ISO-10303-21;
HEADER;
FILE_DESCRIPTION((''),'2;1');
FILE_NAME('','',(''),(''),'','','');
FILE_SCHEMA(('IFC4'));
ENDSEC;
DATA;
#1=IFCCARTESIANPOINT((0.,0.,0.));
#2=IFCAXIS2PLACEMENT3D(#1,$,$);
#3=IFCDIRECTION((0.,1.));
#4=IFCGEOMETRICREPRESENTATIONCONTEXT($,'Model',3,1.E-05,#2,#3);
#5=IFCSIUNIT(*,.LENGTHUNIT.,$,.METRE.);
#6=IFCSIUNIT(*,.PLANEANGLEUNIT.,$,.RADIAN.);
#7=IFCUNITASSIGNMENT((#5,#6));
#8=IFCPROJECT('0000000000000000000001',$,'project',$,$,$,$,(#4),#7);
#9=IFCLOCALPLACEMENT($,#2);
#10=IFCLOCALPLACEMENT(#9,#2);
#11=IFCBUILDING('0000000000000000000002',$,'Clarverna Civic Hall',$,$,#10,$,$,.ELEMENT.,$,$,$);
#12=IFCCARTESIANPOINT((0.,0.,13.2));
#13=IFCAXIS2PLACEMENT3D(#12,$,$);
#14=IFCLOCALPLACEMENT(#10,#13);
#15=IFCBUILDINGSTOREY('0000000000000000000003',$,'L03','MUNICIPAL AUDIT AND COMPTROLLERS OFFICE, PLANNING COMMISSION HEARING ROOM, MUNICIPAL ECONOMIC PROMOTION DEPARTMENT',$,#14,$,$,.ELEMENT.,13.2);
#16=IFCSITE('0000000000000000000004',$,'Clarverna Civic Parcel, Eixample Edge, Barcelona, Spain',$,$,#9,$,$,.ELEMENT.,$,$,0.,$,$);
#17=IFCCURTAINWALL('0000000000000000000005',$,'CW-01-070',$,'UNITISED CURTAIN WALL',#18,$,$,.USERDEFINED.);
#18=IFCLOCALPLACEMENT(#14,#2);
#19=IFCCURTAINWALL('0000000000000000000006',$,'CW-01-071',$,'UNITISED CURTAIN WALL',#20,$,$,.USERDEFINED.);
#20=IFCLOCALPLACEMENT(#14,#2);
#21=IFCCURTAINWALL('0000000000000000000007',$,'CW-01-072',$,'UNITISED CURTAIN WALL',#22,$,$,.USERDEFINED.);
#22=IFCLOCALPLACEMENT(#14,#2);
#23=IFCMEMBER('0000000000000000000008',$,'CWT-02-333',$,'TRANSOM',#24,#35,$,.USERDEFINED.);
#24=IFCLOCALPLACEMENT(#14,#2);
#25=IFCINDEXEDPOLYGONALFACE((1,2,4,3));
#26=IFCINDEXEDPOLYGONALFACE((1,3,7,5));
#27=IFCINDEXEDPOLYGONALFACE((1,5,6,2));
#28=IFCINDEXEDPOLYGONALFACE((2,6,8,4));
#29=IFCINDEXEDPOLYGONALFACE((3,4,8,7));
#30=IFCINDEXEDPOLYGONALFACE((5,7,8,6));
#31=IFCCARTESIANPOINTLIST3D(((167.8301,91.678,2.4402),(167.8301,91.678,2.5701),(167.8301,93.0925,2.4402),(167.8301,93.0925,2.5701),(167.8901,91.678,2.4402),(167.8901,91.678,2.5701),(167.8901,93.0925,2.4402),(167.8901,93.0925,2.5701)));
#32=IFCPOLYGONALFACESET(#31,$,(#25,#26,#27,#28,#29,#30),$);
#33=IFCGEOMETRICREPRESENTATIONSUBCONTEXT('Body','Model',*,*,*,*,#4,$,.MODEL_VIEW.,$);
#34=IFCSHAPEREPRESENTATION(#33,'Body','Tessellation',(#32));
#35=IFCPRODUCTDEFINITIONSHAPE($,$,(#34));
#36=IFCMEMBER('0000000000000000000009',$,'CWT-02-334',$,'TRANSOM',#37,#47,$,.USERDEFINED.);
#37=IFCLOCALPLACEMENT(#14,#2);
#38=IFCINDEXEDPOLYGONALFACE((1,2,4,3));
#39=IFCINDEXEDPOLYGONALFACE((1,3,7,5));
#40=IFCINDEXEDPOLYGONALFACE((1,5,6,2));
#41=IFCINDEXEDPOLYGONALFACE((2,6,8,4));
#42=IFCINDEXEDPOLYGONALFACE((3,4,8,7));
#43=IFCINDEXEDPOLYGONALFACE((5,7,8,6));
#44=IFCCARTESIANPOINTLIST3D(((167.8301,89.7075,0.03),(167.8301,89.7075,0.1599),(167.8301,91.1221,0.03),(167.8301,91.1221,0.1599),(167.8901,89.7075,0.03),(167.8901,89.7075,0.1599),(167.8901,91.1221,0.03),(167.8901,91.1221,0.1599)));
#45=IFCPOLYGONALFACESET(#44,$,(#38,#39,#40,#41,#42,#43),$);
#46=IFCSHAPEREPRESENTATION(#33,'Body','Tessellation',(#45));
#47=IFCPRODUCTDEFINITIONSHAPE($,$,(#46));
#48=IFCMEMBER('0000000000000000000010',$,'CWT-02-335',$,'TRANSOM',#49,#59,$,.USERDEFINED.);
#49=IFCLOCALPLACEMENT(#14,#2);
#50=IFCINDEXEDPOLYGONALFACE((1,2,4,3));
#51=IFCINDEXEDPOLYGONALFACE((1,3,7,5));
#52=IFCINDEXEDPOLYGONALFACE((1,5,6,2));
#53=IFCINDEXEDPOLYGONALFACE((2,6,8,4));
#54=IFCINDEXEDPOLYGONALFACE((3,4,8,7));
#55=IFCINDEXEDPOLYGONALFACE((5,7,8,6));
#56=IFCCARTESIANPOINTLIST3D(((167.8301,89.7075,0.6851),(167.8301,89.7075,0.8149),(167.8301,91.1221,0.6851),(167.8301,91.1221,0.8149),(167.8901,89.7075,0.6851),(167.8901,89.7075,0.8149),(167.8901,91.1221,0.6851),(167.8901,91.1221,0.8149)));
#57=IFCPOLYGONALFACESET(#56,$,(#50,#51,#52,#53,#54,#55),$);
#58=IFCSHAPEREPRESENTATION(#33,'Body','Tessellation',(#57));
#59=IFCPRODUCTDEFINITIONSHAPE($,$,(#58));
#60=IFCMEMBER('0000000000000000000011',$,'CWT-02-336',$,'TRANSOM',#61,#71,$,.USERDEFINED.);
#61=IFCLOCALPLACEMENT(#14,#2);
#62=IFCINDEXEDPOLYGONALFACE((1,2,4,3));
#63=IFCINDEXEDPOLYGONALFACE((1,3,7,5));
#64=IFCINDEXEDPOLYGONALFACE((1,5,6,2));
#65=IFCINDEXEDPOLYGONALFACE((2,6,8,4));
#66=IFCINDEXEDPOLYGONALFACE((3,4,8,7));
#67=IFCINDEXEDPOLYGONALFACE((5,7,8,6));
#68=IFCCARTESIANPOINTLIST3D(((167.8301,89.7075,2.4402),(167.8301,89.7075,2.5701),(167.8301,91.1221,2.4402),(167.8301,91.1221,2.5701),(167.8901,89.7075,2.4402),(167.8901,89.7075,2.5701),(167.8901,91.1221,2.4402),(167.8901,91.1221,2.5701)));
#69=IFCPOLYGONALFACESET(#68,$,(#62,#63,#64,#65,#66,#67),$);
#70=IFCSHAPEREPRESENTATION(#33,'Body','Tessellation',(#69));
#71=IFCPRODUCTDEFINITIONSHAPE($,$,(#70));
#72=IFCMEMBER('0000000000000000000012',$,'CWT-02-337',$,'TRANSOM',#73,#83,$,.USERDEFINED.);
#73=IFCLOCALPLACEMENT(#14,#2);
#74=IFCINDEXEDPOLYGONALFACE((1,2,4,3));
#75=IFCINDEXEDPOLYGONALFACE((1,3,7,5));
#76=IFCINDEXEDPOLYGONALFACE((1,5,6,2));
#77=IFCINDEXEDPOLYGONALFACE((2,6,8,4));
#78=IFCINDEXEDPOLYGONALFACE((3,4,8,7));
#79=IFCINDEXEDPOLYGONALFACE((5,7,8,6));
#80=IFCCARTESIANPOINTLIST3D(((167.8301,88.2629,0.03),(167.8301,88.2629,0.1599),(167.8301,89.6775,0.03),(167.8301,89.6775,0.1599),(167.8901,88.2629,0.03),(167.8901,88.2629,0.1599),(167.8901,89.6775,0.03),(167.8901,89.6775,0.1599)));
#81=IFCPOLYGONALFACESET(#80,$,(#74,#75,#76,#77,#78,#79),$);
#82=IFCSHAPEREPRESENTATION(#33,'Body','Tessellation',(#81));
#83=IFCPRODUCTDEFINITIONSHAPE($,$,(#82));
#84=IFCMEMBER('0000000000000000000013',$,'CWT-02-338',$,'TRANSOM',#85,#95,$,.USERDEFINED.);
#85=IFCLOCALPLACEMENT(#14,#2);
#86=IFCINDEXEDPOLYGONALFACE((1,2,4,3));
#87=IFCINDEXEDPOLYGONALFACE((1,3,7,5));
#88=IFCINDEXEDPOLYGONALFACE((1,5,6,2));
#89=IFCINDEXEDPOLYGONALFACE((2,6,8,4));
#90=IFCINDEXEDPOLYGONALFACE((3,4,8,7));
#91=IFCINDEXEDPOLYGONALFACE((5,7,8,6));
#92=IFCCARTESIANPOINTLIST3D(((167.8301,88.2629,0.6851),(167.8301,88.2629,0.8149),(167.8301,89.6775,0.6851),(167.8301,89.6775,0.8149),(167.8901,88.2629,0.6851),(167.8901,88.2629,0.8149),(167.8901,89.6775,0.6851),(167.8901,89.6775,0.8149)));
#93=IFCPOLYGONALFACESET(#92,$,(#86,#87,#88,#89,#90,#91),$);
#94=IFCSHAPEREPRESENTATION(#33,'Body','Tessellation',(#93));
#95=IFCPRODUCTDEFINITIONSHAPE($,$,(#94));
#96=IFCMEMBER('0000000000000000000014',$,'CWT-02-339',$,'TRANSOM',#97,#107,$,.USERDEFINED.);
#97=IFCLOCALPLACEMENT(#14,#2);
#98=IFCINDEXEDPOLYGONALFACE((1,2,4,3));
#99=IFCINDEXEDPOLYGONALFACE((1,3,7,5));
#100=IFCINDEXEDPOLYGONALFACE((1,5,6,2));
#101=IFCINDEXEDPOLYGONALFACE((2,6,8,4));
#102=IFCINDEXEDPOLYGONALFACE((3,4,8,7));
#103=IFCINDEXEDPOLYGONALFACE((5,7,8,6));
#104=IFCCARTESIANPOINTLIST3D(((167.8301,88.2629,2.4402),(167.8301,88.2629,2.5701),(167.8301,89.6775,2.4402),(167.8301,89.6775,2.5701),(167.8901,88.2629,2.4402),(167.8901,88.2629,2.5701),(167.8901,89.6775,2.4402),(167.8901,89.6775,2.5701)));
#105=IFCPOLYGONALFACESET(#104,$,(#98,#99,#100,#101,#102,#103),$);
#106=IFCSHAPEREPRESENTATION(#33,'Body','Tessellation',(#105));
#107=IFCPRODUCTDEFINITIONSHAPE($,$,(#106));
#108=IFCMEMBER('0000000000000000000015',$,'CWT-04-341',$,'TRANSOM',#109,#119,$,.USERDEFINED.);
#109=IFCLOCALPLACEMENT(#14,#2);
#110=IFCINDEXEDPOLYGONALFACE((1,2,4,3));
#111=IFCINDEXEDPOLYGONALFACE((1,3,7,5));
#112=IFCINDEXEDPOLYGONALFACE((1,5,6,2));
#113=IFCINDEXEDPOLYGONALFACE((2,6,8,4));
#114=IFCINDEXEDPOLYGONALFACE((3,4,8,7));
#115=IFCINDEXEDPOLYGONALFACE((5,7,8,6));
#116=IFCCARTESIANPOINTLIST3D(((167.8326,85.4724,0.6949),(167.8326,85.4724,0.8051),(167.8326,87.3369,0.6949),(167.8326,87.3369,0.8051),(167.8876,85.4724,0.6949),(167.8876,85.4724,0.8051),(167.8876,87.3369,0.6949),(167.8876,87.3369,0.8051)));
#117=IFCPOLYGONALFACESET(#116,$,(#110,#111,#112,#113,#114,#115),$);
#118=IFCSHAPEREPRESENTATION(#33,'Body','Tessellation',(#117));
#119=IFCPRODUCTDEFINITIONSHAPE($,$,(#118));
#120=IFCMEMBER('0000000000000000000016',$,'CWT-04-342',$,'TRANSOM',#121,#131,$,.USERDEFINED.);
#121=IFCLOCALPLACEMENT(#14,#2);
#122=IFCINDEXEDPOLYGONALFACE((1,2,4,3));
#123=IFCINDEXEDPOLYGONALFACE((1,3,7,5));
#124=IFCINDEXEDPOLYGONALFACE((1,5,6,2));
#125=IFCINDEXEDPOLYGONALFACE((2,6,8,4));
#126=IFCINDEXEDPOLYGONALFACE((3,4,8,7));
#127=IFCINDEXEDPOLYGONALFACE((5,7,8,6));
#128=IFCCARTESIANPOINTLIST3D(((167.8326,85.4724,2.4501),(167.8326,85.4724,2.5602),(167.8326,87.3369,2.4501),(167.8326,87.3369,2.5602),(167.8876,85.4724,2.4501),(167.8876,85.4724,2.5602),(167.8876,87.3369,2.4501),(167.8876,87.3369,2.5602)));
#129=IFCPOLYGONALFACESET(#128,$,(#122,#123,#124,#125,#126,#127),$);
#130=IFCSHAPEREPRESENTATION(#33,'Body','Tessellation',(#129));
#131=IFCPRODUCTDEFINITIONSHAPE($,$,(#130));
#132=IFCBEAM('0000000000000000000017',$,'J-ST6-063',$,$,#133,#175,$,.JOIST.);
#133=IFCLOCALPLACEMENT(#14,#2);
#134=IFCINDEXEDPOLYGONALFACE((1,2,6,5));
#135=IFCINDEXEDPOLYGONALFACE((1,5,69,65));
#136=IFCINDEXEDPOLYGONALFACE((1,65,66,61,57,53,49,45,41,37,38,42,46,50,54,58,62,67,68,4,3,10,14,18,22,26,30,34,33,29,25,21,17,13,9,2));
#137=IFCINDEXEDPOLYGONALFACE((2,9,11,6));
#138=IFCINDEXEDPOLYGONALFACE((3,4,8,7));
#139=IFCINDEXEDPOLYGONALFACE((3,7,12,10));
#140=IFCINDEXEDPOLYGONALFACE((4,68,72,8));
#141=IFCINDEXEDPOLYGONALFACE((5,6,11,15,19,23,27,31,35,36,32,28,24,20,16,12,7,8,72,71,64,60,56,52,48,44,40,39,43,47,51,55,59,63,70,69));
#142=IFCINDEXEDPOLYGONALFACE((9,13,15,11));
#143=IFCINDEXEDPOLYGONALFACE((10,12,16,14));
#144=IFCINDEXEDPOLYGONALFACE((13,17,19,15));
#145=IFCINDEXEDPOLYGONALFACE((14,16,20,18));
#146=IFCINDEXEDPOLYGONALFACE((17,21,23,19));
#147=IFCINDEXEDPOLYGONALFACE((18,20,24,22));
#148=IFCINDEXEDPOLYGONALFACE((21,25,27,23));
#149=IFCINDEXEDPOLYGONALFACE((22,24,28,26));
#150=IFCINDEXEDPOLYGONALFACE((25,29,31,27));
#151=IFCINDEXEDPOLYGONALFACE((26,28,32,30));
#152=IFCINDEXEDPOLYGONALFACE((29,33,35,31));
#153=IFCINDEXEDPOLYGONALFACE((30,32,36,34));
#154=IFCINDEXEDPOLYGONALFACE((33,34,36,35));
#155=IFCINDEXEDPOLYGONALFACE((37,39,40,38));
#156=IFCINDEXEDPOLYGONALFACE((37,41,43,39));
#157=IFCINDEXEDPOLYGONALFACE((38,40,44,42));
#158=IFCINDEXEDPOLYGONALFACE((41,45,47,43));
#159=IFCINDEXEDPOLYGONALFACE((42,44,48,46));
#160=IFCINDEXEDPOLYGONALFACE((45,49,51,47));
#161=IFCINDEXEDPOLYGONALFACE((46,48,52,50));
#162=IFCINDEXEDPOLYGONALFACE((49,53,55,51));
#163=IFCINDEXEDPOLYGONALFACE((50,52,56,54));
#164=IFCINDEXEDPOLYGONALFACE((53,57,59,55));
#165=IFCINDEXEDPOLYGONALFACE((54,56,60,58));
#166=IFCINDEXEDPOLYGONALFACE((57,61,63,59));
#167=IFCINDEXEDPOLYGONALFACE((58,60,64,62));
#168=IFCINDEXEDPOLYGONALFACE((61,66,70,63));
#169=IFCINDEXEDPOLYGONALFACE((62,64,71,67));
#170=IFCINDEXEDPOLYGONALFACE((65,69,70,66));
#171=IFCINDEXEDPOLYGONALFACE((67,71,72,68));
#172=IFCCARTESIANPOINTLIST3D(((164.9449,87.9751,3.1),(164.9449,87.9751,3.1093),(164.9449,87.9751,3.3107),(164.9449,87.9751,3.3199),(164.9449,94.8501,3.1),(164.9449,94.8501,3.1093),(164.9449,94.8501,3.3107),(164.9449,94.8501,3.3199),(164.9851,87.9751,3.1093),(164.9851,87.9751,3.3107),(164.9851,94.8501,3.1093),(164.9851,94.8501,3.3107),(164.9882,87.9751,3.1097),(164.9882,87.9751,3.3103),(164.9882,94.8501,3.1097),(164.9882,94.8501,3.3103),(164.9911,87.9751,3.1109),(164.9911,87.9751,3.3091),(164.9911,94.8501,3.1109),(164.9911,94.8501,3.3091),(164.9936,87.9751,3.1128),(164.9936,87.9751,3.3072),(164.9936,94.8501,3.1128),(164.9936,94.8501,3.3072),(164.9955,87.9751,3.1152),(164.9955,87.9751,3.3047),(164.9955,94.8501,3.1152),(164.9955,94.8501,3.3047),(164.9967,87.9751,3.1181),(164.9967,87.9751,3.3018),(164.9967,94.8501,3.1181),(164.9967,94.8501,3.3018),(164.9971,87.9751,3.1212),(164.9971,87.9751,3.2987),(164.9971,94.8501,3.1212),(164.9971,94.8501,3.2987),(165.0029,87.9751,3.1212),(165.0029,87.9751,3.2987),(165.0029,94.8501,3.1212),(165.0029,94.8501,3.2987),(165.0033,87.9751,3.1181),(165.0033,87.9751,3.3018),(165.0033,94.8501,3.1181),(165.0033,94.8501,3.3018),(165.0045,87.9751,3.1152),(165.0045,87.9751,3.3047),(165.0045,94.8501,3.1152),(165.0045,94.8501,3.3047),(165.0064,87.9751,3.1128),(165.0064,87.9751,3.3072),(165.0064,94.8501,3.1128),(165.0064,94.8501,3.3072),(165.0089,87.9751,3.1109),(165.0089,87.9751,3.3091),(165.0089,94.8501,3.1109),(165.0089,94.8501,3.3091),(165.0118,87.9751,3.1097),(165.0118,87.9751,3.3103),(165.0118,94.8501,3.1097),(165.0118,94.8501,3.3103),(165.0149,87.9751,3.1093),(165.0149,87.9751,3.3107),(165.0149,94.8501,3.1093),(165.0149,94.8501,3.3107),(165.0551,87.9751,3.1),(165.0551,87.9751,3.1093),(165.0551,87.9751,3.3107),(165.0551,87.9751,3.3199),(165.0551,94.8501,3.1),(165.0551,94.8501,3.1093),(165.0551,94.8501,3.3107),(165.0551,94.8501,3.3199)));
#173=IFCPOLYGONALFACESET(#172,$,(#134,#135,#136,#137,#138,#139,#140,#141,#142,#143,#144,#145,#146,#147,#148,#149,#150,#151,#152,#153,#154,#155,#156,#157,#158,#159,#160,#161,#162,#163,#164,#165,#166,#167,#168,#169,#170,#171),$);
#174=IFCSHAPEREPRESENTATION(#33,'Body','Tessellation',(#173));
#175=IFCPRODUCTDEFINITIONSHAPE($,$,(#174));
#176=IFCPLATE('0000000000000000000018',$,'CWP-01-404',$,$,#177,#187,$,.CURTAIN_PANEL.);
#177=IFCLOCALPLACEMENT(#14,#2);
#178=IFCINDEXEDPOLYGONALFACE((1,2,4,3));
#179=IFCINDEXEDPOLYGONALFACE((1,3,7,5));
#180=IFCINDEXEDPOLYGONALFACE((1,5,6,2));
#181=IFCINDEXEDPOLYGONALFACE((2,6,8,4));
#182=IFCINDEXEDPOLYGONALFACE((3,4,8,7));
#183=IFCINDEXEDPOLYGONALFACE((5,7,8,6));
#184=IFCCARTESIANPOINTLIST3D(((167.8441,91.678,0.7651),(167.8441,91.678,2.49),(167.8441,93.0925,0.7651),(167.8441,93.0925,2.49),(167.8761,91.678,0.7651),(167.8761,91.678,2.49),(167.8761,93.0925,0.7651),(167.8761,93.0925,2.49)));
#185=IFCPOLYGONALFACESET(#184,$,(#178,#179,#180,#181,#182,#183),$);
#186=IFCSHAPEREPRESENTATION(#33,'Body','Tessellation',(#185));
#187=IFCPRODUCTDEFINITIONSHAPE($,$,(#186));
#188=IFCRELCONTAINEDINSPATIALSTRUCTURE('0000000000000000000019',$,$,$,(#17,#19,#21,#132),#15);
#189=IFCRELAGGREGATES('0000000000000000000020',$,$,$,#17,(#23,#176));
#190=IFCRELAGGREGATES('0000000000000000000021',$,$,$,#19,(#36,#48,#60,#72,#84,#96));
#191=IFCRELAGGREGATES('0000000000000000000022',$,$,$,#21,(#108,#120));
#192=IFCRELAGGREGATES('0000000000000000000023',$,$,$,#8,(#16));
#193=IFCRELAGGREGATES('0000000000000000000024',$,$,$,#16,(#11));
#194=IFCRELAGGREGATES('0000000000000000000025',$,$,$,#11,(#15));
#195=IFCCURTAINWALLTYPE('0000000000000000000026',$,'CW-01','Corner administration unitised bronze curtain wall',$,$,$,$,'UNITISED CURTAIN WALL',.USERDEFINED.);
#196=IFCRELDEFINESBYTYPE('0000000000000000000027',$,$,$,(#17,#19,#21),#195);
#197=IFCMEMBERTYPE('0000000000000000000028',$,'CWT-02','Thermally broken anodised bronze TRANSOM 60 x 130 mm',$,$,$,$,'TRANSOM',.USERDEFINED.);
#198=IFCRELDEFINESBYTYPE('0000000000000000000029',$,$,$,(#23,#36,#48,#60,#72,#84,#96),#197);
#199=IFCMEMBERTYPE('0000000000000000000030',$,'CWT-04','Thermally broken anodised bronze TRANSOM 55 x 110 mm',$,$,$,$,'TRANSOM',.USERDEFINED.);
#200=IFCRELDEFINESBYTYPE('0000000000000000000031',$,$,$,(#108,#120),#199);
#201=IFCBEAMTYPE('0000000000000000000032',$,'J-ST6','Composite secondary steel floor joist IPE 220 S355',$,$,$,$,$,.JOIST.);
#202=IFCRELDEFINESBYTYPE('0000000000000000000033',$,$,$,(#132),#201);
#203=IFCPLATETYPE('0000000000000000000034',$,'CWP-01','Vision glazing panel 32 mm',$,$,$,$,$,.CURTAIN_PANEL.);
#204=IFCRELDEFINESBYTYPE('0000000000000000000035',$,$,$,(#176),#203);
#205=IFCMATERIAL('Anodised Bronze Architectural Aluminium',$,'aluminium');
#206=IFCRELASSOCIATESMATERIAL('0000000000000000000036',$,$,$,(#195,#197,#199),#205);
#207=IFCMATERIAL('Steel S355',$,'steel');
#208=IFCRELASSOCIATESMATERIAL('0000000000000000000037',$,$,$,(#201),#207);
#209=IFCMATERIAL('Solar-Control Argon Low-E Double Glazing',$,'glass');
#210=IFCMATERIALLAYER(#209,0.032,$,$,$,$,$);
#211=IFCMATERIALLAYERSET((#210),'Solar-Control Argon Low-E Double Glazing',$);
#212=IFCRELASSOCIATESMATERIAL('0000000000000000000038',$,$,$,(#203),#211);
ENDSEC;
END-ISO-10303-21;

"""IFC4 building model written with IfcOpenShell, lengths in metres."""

from ifc_helpers import new_model, si_unit, direction, frame, frame_2d, origin, origin_2d, place, context, subcontext, project, spatial, rectangle, i_section, extrude, material, layer, layer_set, material_profile, profile_set, type_object, element, aggregate, save


model = new_model("IFC4")

# Units and contexts
model_context = context("Model", 3, precision=1e-05, world=origin(), true_north=direction((0.0, 1.0)))
body_context = subcontext(model_context, "Body", "Model", "MODEL_VIEW")
ifc_project = project(units=[si_unit("LENGTHUNIT", "METRE"), si_unit("PLANEANGLEUNIT", "RADIAN")], contexts=[model_context])

# Site, building, storey
site_placement = place(None, origin())
site = spatial("IfcSite", under=ifc_project, at=site_placement, Name="Clarverna Civic Parcel, Eixample Edge, Barcelona, Spain", CompositionType="ELEMENT", RefElevation=0.0)
building_placement = place(site_placement, origin())
building = spatial("IfcBuilding", under=site, at=building_placement, Name="Clarverna Civic Hall", CompositionType="ELEMENT")
storey_placement = place(building_placement, frame((0.0, 0.0, 13.2)))
storey = spatial("IfcBuildingStorey", under=building, at=storey_placement, Name="L03", Description="MUNICIPAL AUDIT AND COMPTROLLERS OFFICE, PLANNING COMMISSION HEARING ROOM, MUNICIPAL ECONOMIC PROMOTION DEPARTMENT", CompositionType="ELEMENT", Elevation=13.2)

# Curtain walls
ifc_material_1 = material(Name="Anodised Bronze Architectural Aluminium", Category="aluminium")
curtain_wall_type = type_object("IfcCurtainWallType", Name="CW-01", Description="Corner administration unitised bronze curtain wall", ElementType="UNITISED CURTAIN WALL", PredefinedType="USERDEFINED", material=ifc_material_1)
curtain_wall_1_placement = place(storey_placement, origin())
curtain_wall_1 = element("IfcCurtainWall", 1, at=curtain_wall_1_placement, inside=storey, type_object=curtain_wall_type, Name="CW-01-070", ObjectType="UNITISED CURTAIN WALL", PredefinedType="USERDEFINED")
curtain_wall_2_placement = place(storey_placement, origin())
curtain_wall_2 = element("IfcCurtainWall", 2, at=curtain_wall_2_placement, inside=storey, type_object=curtain_wall_type, Name="CW-01-071", ObjectType="UNITISED CURTAIN WALL", PredefinedType="USERDEFINED")

# Curtain wall
curtain_wall_3_placement = place(storey_placement, origin())
curtain_wall_3 = element("IfcCurtainWall", 3, at=curtain_wall_3_placement, inside=storey, type_object=curtain_wall_type, Name="CW-01-072", ObjectType="UNITISED CURTAIN WALL", PredefinedType="USERDEFINED")

# Members
ifc_material_profile_1 = material_profile(ifc_material_1, rectangle(XDim=0.0601, YDim=0.1299, at=origin_2d()), Name="BRONZE 60x130")
ifc_profile_set_1 = profile_set([ifc_material_profile_1], Name="Anodised Bronze Architectural Aluminium")
member_type_1 = type_object("IfcMemberType", Name="CWT-02", Description="Thermally broken anodised bronze TRANSOM 60 x 130 mm", ElementType="TRANSOM", PredefinedType="USERDEFINED", material=ifc_profile_set_1)
member_1_placement = place(storey_placement, frame((167.8601, 93.0925, 2.5051), z_axis=(0.0, -1.0, 0.0), x_axis=(1.0, 0.0, 0.0)))
member_1 = element("IfcMember", 4, at=member_1_placement, type_object=member_type_1, Name="CWT-02-333", ObjectType="TRANSOM", PredefinedType="USERDEFINED", context=body_context, shape_type="SweptSolid", body=[
    extrude(rectangle(XDim=0.0601, YDim=0.1299, at=origin_2d()), origin(), (0.0, 0.0, 1.0), 1.4146),
])
member_2_placement = place(storey_placement, frame((167.8601, 91.1221, 0.095), z_axis=(0.0, -1.0, 0.0), x_axis=(1.0, 0.0, 0.0)))
member_2 = element("IfcMember", 5, at=member_2_placement, type_object=member_type_1, Name="CWT-02-334", ObjectType="TRANSOM", PredefinedType="USERDEFINED", context=body_context, shape_type="SweptSolid", body=[
    extrude(rectangle(XDim=0.0601, YDim=0.1299, at=origin_2d()), origin(), (0.0, 0.0, 1.0), 1.4146),
])
member_3_placement = place(storey_placement, frame((167.8601, 91.1221, 0.75), z_axis=(0.0, -1.0, 0.0), x_axis=(1.0, 0.0, 0.0)))
member_3 = element("IfcMember", 6, at=member_3_placement, type_object=member_type_1, Name="CWT-02-335", ObjectType="TRANSOM", PredefinedType="USERDEFINED", context=body_context, shape_type="SweptSolid", body=[
    extrude(rectangle(XDim=0.0601, YDim=0.1299, at=origin_2d()), origin(), (0.0, 0.0, 1.0), 1.4146),
])
member_4_placement = place(storey_placement, frame((167.8601, 91.1221, 2.5051), z_axis=(0.0, -1.0, 0.0), x_axis=(1.0, 0.0, 0.0)))
member_4 = element("IfcMember", 7, at=member_4_placement, type_object=member_type_1, Name="CWT-02-336", ObjectType="TRANSOM", PredefinedType="USERDEFINED", context=body_context, shape_type="SweptSolid", body=[
    extrude(rectangle(XDim=0.0601, YDim=0.1299, at=origin_2d()), origin(), (0.0, 0.0, 1.0), 1.4146),
])
member_5_placement = place(storey_placement, frame((167.8601, 89.6775, 0.095), z_axis=(0.0, -1.0, 0.0), x_axis=(1.0, 0.0, 0.0)))
member_5 = element("IfcMember", 8, at=member_5_placement, type_object=member_type_1, Name="CWT-02-337", ObjectType="TRANSOM", PredefinedType="USERDEFINED", context=body_context, shape_type="SweptSolid", body=[
    extrude(rectangle(XDim=0.0601, YDim=0.1299, at=origin_2d()), origin(), (0.0, 0.0, 1.0), 1.4146),
])
member_6_placement = place(storey_placement, frame((167.8601, 89.6775, 0.75), z_axis=(0.0, -1.0, 0.0), x_axis=(1.0, 0.0, 0.0)))
member_6 = element("IfcMember", 9, at=member_6_placement, type_object=member_type_1, Name="CWT-02-338", ObjectType="TRANSOM", PredefinedType="USERDEFINED", context=body_context, shape_type="SweptSolid", body=[
    extrude(rectangle(XDim=0.0601, YDim=0.1299, at=origin_2d()), origin(), (0.0, 0.0, 1.0), 1.4146),
])
member_7_placement = place(storey_placement, frame((167.8601, 89.6775, 2.5051), z_axis=(0.0, -1.0, 0.0), x_axis=(1.0, 0.0, 0.0)))
member_7 = element("IfcMember", 10, at=member_7_placement, type_object=member_type_1, Name="CWT-02-339", ObjectType="TRANSOM", PredefinedType="USERDEFINED", context=body_context, shape_type="SweptSolid", body=[
    extrude(rectangle(XDim=0.0601, YDim=0.1299, at=origin_2d()), origin(), (0.0, 0.0, 1.0), 1.4146),
])
ifc_material_profile_2 = material_profile(ifc_material_1, rectangle(XDim=0.0549, YDim=0.1101, at=origin_2d()), Name="BRONZE 55x110")
ifc_profile_set_2 = profile_set([ifc_material_profile_2], Name="Anodised Bronze Architectural Aluminium")
member_type_2 = type_object("IfcMemberType", Name="CWT-04", Description="Thermally broken anodised bronze TRANSOM 55 x 110 mm", ElementType="TRANSOM", PredefinedType="USERDEFINED", material=ifc_profile_set_2)
member_8_placement = place(storey_placement, frame((167.8601, 87.3369, 0.75), z_axis=(0.0, -1.0, 0.0), x_axis=(1.0, 0.0, 0.0)))
member_8 = element("IfcMember", 11, at=member_8_placement, type_object=member_type_2, Name="CWT-04-341", ObjectType="TRANSOM", PredefinedType="USERDEFINED", context=body_context, shape_type="SweptSolid", body=[
    extrude(rectangle(XDim=0.0549, YDim=0.1101, at=origin_2d()), origin(), (0.0, 0.0, 1.0), 1.8645),
])
member_9_placement = place(storey_placement, frame((167.8601, 87.3369, 2.5051), z_axis=(0.0, -1.0, 0.0), x_axis=(1.0, 0.0, 0.0)))
member_9 = element("IfcMember", 12, at=member_9_placement, type_object=member_type_2, Name="CWT-04-342", ObjectType="TRANSOM", PredefinedType="USERDEFINED", context=body_context, shape_type="SweptSolid", body=[
    extrude(rectangle(XDim=0.0549, YDim=0.1101, at=origin_2d()), origin(), (0.0, 0.0, 1.0), 1.8645),
])

# Beam
ifc_material_2 = material(Name="Steel S355", Category="steel")
ifc_material_profile_3 = material_profile(ifc_material_2, i_section(OverallWidth=0.1101, OverallDepth=0.22, WebThickness=0.0059, FlangeThickness=0.0093, FilletRadius=0.012, at=origin_2d()), Name="IPE 220")
ifc_profile_set_3 = profile_set([ifc_material_profile_3], Name="Steel S355")
beam_type_1 = type_object("IfcBeamType", Name="J-ST6", Description="Composite secondary steel floor joist IPE 220 S355", PredefinedType="JOIST", material=ifc_profile_set_3)
beam_1_placement = place(storey_placement, frame((165.0, 87.9751, 3.21), z_axis=(0.0, 1.0, 0.0), x_axis=(-1.0, 0.0, 0.0)))
element("IfcBeam", 13, at=beam_1_placement, inside=storey, type_object=beam_type_1, Name="J-ST6-063", PredefinedType="JOIST", context=body_context, shape_type="SweptSolid", body=[
    extrude(i_section(OverallWidth=0.1101, OverallDepth=0.22, WebThickness=0.0059, FlangeThickness=0.0093, FilletRadius=0.012, at=origin_2d()), origin(), (0.0, 0.0, 1.0), 6.875),
])

# Plate
ifc_material_3 = material(Name="Solar-Control Argon Low-E Double Glazing", Category="glass")
ifc_layer_1 = layer(ifc_material_3, 0.032)
ifc_layer_set_1 = layer_set([ifc_layer_1], Name="Solar-Control Argon Low-E Double Glazing")
plate_type_1 = type_object("IfcPlateType", Name="CWP-01", Description="Vision glazing panel 32 mm", PredefinedType="CURTAIN_PANEL", material=ifc_layer_set_1)
plate_1_placement = place(storey_placement, frame((167.8601, 93.0925, 0.7651), z_axis=(0.0, 0.0, 1.0), x_axis=(0.0, -1.0, 0.0)))
plate_1 = element("IfcPlate", 14, at=plate_1_placement, type_object=plate_type_1, Name="CWP-01-404", PredefinedType="CURTAIN_PANEL", context=body_context, shape_type="SweptSolid", body=[
    extrude(rectangle(XDim=1.4146, YDim=0.032, at=frame_2d((0.7073, 0.0))), origin(), (0.0, 0.0, 1.0), 1.7249),
])
aggregate(curtain_wall_1, [member_1, plate_1])
aggregate(curtain_wall_2, [member_2, member_3, member_4, member_5, member_6, member_7])
aggregate(curtain_wall_3, [member_8, member_9])

save(model, "model.ifc")
